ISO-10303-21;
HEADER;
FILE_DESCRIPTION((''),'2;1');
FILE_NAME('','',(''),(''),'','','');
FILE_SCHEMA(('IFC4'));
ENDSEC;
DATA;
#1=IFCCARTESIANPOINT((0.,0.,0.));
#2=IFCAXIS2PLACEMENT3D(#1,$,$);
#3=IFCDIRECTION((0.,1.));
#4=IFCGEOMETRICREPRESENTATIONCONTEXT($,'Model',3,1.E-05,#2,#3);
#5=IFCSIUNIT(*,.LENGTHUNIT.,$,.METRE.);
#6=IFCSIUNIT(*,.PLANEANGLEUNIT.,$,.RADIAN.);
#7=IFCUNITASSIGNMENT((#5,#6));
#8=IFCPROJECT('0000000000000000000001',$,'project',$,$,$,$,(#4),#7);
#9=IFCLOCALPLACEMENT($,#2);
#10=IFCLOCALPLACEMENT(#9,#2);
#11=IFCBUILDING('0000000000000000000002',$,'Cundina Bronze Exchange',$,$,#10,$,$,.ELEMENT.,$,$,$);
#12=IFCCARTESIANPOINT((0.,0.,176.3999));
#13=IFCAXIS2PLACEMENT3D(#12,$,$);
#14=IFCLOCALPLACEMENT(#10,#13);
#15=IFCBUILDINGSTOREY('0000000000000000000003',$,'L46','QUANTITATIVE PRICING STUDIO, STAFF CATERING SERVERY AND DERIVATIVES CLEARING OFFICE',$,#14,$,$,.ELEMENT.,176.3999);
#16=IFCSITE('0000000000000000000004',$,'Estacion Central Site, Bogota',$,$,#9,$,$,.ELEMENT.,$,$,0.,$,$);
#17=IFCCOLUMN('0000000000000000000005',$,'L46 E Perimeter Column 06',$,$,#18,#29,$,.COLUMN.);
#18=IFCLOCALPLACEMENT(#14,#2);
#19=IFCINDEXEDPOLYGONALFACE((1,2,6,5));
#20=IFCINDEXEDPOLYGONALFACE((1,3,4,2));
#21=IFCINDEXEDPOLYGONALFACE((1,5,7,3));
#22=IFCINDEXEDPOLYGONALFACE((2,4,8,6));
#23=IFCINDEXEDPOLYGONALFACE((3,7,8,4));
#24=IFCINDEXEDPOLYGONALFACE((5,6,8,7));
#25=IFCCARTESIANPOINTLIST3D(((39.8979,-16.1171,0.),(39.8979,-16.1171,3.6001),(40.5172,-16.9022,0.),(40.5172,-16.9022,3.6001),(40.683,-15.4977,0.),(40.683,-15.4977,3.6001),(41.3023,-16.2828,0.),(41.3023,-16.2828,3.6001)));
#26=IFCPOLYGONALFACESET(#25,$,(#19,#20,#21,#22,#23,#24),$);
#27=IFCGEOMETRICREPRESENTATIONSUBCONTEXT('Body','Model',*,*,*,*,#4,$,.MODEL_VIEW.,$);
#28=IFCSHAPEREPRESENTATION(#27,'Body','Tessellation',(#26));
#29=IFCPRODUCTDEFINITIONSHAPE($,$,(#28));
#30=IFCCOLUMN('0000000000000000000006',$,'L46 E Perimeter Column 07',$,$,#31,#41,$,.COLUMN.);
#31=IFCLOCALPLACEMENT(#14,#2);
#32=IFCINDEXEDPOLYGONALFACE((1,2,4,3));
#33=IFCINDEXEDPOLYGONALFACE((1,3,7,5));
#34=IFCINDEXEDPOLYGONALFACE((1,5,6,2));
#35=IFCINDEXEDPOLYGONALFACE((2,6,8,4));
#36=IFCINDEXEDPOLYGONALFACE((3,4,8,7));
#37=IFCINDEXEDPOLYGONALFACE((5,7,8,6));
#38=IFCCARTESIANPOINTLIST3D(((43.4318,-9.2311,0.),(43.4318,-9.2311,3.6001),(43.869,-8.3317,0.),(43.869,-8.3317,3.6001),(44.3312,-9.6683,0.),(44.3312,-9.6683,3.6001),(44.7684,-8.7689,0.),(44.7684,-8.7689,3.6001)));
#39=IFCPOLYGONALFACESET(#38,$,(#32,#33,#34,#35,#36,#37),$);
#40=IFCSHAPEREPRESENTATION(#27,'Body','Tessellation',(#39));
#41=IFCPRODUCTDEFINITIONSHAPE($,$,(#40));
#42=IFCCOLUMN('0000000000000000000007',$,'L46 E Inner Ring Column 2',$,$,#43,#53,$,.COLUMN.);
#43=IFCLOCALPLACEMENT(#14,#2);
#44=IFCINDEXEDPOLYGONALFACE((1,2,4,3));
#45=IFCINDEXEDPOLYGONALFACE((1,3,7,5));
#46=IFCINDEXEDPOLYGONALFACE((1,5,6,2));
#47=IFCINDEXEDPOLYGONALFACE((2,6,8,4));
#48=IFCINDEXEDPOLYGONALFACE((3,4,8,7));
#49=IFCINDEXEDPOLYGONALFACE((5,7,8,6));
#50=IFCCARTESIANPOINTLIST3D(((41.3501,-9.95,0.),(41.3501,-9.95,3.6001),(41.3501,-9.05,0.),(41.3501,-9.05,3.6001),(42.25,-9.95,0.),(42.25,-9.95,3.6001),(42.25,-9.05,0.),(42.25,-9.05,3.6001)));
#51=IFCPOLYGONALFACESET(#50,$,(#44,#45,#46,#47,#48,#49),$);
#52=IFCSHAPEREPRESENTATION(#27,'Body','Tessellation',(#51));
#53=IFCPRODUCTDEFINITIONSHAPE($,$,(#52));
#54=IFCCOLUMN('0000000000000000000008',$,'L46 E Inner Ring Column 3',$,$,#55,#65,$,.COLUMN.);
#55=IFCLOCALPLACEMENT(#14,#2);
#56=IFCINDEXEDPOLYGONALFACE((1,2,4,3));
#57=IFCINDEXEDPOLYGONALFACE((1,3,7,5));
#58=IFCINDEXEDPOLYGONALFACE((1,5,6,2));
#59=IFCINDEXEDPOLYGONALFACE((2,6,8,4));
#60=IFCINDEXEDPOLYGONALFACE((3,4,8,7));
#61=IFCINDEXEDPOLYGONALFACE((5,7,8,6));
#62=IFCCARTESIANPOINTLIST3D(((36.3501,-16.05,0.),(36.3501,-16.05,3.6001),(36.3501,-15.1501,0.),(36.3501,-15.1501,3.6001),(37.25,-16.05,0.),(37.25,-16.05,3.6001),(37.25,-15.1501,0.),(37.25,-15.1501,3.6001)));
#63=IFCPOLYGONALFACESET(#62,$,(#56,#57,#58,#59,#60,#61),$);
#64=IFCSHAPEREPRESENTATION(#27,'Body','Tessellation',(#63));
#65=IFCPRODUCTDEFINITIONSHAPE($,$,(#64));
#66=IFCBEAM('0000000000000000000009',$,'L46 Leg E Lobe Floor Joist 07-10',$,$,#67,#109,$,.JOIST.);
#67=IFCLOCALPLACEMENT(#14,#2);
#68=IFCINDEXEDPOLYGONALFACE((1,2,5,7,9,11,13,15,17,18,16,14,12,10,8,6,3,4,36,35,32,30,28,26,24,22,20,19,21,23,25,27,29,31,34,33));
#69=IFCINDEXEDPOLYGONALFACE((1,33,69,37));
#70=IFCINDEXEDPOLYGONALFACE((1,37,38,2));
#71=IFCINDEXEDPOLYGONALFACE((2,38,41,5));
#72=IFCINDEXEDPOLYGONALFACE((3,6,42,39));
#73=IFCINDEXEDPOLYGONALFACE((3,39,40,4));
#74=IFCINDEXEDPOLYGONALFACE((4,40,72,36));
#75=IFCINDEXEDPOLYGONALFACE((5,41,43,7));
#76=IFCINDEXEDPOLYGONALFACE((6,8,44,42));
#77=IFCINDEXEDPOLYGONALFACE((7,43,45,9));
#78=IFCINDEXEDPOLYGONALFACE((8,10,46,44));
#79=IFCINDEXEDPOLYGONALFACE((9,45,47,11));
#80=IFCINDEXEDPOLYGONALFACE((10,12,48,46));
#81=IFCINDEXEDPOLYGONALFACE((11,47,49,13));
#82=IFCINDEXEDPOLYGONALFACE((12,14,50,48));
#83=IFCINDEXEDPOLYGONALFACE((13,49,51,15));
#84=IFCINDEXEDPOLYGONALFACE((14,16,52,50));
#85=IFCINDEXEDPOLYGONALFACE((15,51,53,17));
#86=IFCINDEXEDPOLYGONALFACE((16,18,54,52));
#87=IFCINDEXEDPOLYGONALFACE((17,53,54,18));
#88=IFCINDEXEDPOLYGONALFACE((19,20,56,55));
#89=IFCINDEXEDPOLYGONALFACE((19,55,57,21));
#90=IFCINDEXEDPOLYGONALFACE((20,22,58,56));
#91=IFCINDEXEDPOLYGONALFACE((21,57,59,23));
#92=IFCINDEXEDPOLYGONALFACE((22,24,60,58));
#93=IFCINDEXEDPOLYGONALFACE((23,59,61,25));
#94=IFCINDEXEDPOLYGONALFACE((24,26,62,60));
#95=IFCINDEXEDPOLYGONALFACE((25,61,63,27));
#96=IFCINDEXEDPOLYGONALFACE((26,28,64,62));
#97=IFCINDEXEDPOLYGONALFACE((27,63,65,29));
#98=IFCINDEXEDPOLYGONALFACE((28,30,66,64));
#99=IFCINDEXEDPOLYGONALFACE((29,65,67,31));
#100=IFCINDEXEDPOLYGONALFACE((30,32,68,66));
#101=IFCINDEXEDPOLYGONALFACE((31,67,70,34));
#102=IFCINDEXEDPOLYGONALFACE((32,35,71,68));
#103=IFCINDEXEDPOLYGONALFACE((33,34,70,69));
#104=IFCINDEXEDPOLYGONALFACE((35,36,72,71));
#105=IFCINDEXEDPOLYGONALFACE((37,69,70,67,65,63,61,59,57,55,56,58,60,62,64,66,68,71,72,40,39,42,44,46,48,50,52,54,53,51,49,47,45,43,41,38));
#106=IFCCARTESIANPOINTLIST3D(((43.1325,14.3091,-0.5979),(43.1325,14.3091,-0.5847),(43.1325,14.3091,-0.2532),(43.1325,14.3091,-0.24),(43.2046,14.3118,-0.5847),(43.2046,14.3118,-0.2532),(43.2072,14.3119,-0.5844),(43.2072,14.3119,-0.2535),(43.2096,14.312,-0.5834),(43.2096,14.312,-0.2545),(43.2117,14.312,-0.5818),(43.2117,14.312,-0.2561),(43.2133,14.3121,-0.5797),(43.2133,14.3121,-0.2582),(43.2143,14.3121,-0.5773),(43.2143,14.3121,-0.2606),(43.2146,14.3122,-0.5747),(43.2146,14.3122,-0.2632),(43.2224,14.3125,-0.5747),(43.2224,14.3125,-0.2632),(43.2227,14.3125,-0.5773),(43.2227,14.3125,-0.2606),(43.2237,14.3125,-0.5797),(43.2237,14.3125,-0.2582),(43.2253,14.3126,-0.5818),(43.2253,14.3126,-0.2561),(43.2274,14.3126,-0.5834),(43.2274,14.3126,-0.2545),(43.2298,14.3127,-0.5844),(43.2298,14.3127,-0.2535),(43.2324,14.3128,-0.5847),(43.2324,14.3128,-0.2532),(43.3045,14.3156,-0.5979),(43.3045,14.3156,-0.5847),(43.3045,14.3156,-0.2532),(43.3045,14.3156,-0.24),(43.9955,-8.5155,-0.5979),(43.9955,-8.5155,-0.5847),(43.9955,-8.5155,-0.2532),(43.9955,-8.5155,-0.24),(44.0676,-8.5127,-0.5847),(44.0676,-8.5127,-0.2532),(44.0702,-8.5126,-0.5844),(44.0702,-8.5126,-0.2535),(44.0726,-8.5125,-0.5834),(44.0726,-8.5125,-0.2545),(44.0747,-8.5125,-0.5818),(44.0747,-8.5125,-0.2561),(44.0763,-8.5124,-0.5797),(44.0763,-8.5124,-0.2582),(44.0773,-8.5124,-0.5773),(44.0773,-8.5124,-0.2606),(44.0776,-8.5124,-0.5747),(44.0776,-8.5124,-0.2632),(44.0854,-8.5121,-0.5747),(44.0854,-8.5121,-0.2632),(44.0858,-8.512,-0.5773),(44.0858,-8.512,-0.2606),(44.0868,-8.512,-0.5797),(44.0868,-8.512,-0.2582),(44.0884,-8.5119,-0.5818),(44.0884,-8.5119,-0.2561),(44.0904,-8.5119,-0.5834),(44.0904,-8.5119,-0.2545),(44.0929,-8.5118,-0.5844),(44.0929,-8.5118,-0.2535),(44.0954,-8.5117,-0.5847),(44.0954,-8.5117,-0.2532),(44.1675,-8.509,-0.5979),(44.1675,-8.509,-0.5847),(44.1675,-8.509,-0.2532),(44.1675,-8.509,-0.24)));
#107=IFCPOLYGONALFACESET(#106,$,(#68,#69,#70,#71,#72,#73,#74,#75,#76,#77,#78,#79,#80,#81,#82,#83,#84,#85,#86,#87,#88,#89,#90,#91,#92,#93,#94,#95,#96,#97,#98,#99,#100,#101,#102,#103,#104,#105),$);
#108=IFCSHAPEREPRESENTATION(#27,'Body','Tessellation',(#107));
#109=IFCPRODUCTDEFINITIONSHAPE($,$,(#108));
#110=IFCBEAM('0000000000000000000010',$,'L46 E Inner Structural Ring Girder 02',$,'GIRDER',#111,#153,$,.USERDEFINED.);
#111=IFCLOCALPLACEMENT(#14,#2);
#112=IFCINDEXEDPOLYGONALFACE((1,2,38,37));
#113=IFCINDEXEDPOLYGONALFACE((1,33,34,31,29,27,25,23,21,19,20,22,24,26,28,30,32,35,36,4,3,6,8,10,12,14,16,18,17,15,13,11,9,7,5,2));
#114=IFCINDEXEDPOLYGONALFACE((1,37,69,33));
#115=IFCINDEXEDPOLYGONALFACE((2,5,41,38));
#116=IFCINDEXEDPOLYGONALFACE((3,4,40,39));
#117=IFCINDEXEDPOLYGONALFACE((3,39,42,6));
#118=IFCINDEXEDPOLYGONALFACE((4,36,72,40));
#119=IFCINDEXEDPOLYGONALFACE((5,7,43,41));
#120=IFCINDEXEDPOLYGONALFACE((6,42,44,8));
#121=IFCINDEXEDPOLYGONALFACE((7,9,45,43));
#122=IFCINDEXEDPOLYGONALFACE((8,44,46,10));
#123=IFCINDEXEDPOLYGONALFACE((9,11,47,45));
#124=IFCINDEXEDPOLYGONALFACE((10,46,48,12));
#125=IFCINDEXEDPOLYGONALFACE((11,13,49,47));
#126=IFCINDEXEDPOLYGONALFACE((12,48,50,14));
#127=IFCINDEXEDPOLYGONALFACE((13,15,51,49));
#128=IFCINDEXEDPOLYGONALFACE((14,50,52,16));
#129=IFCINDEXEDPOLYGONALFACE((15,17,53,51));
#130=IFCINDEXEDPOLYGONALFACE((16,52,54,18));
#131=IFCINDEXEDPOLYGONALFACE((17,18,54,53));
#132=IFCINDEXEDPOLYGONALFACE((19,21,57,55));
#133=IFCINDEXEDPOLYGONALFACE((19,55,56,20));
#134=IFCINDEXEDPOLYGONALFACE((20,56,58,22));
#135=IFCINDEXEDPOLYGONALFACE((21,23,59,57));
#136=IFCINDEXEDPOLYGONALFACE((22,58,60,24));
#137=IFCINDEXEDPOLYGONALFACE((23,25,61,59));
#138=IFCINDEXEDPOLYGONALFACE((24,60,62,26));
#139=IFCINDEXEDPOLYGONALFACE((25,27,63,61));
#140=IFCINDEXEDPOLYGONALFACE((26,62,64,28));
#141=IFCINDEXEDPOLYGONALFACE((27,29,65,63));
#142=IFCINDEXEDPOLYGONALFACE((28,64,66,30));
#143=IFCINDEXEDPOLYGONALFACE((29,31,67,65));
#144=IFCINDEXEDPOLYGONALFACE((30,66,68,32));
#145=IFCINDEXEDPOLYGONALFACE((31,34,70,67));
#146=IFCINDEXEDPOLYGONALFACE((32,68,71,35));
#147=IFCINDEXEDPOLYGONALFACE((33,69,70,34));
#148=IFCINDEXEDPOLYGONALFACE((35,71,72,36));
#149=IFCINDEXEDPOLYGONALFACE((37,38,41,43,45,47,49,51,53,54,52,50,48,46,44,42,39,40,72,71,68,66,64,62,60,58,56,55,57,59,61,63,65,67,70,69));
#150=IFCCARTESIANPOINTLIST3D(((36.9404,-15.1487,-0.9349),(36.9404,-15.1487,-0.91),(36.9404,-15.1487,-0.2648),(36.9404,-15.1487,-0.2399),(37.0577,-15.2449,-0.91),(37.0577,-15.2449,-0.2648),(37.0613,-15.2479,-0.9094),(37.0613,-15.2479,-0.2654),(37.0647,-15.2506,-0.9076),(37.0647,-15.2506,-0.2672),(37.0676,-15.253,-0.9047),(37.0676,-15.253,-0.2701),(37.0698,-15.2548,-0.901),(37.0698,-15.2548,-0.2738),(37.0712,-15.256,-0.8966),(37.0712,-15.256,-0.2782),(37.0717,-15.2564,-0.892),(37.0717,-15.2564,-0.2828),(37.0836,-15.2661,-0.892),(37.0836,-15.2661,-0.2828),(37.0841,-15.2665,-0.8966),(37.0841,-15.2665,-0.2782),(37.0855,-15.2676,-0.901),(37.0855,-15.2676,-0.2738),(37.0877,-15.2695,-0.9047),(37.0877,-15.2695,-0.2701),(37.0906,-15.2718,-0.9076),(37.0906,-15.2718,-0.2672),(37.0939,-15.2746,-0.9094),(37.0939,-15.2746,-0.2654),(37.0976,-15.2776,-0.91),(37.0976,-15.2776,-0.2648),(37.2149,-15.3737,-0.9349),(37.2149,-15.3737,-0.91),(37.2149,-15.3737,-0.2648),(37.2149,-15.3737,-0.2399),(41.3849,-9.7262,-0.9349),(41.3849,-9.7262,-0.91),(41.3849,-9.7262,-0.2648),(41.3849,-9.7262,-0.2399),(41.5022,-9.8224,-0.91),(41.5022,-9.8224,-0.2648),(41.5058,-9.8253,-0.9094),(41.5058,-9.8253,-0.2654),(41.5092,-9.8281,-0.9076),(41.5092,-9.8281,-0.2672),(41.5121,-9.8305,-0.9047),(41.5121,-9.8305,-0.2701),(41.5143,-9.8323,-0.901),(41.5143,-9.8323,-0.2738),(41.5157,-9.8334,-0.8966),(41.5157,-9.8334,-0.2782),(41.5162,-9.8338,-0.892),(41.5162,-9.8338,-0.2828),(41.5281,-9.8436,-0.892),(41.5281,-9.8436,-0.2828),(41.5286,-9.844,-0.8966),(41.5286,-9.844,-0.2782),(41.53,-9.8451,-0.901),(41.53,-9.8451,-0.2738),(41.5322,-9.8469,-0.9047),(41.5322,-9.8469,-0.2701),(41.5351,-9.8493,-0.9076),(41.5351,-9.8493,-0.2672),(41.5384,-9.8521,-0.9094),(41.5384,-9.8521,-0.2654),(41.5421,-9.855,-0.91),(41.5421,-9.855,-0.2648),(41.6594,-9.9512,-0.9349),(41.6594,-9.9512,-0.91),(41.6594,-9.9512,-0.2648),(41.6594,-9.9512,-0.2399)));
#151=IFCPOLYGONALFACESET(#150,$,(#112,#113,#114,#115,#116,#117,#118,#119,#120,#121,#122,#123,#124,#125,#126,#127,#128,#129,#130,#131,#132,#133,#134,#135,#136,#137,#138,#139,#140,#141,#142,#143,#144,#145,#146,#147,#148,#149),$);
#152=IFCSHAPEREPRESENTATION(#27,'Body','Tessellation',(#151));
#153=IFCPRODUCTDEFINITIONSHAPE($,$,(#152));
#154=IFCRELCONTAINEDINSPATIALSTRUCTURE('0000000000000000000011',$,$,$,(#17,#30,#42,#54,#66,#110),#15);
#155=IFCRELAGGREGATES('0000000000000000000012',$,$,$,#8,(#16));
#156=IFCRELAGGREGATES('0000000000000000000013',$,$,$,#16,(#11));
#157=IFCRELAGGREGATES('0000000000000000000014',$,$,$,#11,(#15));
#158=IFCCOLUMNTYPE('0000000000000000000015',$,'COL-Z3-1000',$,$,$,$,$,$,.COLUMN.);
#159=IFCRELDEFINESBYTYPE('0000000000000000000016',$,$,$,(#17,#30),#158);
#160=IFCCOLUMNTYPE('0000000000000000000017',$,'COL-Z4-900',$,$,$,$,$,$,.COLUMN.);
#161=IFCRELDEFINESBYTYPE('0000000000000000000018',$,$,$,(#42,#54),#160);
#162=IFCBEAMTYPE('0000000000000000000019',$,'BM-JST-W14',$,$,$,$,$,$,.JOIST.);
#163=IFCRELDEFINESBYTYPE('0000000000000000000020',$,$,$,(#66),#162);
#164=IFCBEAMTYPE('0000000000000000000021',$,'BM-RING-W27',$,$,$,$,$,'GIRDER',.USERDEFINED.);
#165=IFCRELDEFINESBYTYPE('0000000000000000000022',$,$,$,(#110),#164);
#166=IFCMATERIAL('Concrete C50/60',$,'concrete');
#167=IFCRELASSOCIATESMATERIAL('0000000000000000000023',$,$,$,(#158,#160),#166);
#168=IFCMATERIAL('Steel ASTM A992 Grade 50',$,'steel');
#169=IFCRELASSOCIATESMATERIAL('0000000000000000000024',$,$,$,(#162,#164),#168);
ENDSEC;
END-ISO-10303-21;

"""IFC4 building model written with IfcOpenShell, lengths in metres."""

from ifc_helpers import new_model, si_unit, direction, frame, origin, origin_2d, place, context, subcontext, project, spatial, rectangle, i_section, extrude, material, material_profile, profile_set, type_object, element, save


model = new_model("IFC4")

# Units and contexts
model_context = context("Model", 3, precision=1e-05, world=origin(), true_north=direction((0.0, 1.0)))
body_context = subcontext(model_context, "Body", "Model", "MODEL_VIEW")
ifc_project = project(units=[si_unit("LENGTHUNIT", "METRE"), si_unit("PLANEANGLEUNIT", "RADIAN")], contexts=[model_context])

# Site, building, storey
site_placement = place(None, origin())
site = spatial("IfcSite", under=ifc_project, at=site_placement, Name="Estacion Central Site, Bogota", CompositionType="ELEMENT", RefElevation=0.0)
building_placement = place(site_placement, origin())
building = spatial("IfcBuilding", under=site, at=building_placement, Name="Cundina Bronze Exchange", CompositionType="ELEMENT")
storey_placement = place(building_placement, frame((0.0, 0.0, 176.3999)))
storey = spatial("IfcBuildingStorey", under=building, at=storey_placement, Name="L46", Description="QUANTITATIVE PRICING STUDIO, STAFF CATERING SERVERY AND DERIVATIVES CLEARING OFFICE", CompositionType="ELEMENT", Elevation=176.3999)

# Columns
ifc_material_1 = material(Name="Concrete C50/60", Category="concrete")
ifc_material_profile_1 = material_profile(ifc_material_1, rectangle(XDim=1.0, YDim=1.0, at=origin_2d()), Name="RC1000X1000", Category="concrete")
ifc_profile_set_1 = profile_set([ifc_material_profile_1], Name="Concrete C50/60")
column_type_1 = type_object("IfcColumnType", Name="COL-Z3-1000", PredefinedType="COLUMN", material=ifc_profile_set_1)
for number, where, z_axis, x_axis, name in (
    (1, (40.6001, -16.2, 0.0), (0.0, 0.0, 1.0), (0.785101, 0.619368, 0.0), "L46 E Perimeter Column 06"),
    (2, (44.1001, -9.0, 0.0), (0.0, 0.0, 1.0), (0.437116, 0.899405, 0.0), "L46 E Perimeter Column 07"),
):
    element("IfcColumn", number, at=place(storey_placement, frame(where, z_axis=z_axis, x_axis=x_axis)), inside=storey, type_object=column_type_1, Name=name, PredefinedType="COLUMN", context=body_context, shape_type="SweptSolid", body=[
        extrude(rectangle(XDim=1.0, YDim=1.0, at=origin_2d()), origin(), (0.0, 0.0, 1.0), 3.6001),
    ])
ifc_material_profile_2 = material_profile(ifc_material_1, rectangle(XDim=0.8999, YDim=0.8999, at=origin_2d()), Name="RC900X900", Category="concrete")
ifc_profile_set_2 = profile_set([ifc_material_profile_2], Name="Concrete C50/60")
column_type_2 = type_object("IfcColumnType", Name="COL-Z4-900", PredefinedType="COLUMN", material=ifc_profile_set_2)
for number, where, z_axis, x_axis, name in (
    (3, (41.8, -9.5, 0.0), (0.0, 0.0, 1.0), (1.0, 0.0, 0.0), "L46 E Inner Ring Column 2"),
    (4, (36.8, -15.6001, 0.0), (0.0, 0.0, 1.0), (1.0, 0.0, 0.0), "L46 E Inner Ring Column 3"),
):
    element("IfcColumn", number, at=place(storey_placement, frame(where, z_axis=z_axis, x_axis=x_axis)), inside=storey, type_object=column_type_2, Name=name, PredefinedType="COLUMN", context=body_context, shape_type="SweptSolid", body=[
        extrude(rectangle(XDim=0.8999, YDim=0.8999, at=origin_2d()), origin(), (0.0, 0.0, 1.0), 3.6001),
    ])

# Beams
ifc_material_2 = material(Name="Steel ASTM A992 Grade 50", Category="steel")
ifc_material_profile_3 = material_profile(ifc_material_2, i_section(OverallWidth=0.1721, OverallDepth=0.3579, WebThickness=0.0078, FlangeThickness=0.0132, FilletRadius=0.01, at=origin_2d()), Name="W14X38", Category="steel")
ifc_profile_set_3 = profile_set([ifc_material_profile_3], Name="Steel ASTM A992 Grade 50")
beam_type_1 = type_object("IfcBeamType", Name="BM-JST-W14", PredefinedType="JOIST", material=ifc_profile_set_3)
beam_1_placement = place(storey_placement, frame((44.0815, -8.5122, -0.4189), z_axis=(-0.037785, 0.999286, 0.0), x_axis=(-0.999286, -0.037785, 0.0)))
element("IfcBeam", 5, at=beam_1_placement, inside=storey, type_object=beam_type_1, Name="L46 Leg E Lobe Floor Joist 07-10", PredefinedType="JOIST", context=body_context, shape_type="SweptSolid", body=[
    extrude(i_section(OverallWidth=0.1721, OverallDepth=0.3579, WebThickness=0.0078, FlangeThickness=0.0132, FilletRadius=0.01, at=origin_2d()), origin(), (0.0, 0.0, 1.0), 22.8408),
])
ifc_material_profile_4 = material_profile(ifc_material_2, i_section(OverallWidth=0.355, OverallDepth=0.6951, WebThickness=0.0154, FlangeThickness=0.0249, FilletRadius=0.0181, at=origin_2d()), Name="W27X146", Category="steel")
ifc_profile_set_4 = profile_set([ifc_material_profile_4], Name="Steel ASTM A992 Grade 50")
beam_type_2 = type_object("IfcBeamType", Name="BM-RING-W27", ElementType="GIRDER", PredefinedType="USERDEFINED", material=ifc_profile_set_4)
beam_2_placement = place(storey_placement, frame((37.0776, -15.2612, -0.5874), z_axis=(0.633913, 0.773405, 0.0), x_axis=(-0.773405, 0.633913, 0.0)))
element("IfcBeam", 6, at=beam_2_placement, inside=storey, type_object=beam_type_2, Name="L46 E Inner Structural Ring Girder 02", ObjectType="GIRDER", PredefinedType="USERDEFINED", context=body_context, shape_type="SweptSolid", body=[
    extrude(i_section(OverallWidth=0.355, OverallDepth=0.6951, WebThickness=0.0154, FlangeThickness=0.0249, FilletRadius=0.0181, at=origin_2d()), origin(), (0.0, 0.0, 1.0), 7.0112),
])

save(model, "model.ifc")
